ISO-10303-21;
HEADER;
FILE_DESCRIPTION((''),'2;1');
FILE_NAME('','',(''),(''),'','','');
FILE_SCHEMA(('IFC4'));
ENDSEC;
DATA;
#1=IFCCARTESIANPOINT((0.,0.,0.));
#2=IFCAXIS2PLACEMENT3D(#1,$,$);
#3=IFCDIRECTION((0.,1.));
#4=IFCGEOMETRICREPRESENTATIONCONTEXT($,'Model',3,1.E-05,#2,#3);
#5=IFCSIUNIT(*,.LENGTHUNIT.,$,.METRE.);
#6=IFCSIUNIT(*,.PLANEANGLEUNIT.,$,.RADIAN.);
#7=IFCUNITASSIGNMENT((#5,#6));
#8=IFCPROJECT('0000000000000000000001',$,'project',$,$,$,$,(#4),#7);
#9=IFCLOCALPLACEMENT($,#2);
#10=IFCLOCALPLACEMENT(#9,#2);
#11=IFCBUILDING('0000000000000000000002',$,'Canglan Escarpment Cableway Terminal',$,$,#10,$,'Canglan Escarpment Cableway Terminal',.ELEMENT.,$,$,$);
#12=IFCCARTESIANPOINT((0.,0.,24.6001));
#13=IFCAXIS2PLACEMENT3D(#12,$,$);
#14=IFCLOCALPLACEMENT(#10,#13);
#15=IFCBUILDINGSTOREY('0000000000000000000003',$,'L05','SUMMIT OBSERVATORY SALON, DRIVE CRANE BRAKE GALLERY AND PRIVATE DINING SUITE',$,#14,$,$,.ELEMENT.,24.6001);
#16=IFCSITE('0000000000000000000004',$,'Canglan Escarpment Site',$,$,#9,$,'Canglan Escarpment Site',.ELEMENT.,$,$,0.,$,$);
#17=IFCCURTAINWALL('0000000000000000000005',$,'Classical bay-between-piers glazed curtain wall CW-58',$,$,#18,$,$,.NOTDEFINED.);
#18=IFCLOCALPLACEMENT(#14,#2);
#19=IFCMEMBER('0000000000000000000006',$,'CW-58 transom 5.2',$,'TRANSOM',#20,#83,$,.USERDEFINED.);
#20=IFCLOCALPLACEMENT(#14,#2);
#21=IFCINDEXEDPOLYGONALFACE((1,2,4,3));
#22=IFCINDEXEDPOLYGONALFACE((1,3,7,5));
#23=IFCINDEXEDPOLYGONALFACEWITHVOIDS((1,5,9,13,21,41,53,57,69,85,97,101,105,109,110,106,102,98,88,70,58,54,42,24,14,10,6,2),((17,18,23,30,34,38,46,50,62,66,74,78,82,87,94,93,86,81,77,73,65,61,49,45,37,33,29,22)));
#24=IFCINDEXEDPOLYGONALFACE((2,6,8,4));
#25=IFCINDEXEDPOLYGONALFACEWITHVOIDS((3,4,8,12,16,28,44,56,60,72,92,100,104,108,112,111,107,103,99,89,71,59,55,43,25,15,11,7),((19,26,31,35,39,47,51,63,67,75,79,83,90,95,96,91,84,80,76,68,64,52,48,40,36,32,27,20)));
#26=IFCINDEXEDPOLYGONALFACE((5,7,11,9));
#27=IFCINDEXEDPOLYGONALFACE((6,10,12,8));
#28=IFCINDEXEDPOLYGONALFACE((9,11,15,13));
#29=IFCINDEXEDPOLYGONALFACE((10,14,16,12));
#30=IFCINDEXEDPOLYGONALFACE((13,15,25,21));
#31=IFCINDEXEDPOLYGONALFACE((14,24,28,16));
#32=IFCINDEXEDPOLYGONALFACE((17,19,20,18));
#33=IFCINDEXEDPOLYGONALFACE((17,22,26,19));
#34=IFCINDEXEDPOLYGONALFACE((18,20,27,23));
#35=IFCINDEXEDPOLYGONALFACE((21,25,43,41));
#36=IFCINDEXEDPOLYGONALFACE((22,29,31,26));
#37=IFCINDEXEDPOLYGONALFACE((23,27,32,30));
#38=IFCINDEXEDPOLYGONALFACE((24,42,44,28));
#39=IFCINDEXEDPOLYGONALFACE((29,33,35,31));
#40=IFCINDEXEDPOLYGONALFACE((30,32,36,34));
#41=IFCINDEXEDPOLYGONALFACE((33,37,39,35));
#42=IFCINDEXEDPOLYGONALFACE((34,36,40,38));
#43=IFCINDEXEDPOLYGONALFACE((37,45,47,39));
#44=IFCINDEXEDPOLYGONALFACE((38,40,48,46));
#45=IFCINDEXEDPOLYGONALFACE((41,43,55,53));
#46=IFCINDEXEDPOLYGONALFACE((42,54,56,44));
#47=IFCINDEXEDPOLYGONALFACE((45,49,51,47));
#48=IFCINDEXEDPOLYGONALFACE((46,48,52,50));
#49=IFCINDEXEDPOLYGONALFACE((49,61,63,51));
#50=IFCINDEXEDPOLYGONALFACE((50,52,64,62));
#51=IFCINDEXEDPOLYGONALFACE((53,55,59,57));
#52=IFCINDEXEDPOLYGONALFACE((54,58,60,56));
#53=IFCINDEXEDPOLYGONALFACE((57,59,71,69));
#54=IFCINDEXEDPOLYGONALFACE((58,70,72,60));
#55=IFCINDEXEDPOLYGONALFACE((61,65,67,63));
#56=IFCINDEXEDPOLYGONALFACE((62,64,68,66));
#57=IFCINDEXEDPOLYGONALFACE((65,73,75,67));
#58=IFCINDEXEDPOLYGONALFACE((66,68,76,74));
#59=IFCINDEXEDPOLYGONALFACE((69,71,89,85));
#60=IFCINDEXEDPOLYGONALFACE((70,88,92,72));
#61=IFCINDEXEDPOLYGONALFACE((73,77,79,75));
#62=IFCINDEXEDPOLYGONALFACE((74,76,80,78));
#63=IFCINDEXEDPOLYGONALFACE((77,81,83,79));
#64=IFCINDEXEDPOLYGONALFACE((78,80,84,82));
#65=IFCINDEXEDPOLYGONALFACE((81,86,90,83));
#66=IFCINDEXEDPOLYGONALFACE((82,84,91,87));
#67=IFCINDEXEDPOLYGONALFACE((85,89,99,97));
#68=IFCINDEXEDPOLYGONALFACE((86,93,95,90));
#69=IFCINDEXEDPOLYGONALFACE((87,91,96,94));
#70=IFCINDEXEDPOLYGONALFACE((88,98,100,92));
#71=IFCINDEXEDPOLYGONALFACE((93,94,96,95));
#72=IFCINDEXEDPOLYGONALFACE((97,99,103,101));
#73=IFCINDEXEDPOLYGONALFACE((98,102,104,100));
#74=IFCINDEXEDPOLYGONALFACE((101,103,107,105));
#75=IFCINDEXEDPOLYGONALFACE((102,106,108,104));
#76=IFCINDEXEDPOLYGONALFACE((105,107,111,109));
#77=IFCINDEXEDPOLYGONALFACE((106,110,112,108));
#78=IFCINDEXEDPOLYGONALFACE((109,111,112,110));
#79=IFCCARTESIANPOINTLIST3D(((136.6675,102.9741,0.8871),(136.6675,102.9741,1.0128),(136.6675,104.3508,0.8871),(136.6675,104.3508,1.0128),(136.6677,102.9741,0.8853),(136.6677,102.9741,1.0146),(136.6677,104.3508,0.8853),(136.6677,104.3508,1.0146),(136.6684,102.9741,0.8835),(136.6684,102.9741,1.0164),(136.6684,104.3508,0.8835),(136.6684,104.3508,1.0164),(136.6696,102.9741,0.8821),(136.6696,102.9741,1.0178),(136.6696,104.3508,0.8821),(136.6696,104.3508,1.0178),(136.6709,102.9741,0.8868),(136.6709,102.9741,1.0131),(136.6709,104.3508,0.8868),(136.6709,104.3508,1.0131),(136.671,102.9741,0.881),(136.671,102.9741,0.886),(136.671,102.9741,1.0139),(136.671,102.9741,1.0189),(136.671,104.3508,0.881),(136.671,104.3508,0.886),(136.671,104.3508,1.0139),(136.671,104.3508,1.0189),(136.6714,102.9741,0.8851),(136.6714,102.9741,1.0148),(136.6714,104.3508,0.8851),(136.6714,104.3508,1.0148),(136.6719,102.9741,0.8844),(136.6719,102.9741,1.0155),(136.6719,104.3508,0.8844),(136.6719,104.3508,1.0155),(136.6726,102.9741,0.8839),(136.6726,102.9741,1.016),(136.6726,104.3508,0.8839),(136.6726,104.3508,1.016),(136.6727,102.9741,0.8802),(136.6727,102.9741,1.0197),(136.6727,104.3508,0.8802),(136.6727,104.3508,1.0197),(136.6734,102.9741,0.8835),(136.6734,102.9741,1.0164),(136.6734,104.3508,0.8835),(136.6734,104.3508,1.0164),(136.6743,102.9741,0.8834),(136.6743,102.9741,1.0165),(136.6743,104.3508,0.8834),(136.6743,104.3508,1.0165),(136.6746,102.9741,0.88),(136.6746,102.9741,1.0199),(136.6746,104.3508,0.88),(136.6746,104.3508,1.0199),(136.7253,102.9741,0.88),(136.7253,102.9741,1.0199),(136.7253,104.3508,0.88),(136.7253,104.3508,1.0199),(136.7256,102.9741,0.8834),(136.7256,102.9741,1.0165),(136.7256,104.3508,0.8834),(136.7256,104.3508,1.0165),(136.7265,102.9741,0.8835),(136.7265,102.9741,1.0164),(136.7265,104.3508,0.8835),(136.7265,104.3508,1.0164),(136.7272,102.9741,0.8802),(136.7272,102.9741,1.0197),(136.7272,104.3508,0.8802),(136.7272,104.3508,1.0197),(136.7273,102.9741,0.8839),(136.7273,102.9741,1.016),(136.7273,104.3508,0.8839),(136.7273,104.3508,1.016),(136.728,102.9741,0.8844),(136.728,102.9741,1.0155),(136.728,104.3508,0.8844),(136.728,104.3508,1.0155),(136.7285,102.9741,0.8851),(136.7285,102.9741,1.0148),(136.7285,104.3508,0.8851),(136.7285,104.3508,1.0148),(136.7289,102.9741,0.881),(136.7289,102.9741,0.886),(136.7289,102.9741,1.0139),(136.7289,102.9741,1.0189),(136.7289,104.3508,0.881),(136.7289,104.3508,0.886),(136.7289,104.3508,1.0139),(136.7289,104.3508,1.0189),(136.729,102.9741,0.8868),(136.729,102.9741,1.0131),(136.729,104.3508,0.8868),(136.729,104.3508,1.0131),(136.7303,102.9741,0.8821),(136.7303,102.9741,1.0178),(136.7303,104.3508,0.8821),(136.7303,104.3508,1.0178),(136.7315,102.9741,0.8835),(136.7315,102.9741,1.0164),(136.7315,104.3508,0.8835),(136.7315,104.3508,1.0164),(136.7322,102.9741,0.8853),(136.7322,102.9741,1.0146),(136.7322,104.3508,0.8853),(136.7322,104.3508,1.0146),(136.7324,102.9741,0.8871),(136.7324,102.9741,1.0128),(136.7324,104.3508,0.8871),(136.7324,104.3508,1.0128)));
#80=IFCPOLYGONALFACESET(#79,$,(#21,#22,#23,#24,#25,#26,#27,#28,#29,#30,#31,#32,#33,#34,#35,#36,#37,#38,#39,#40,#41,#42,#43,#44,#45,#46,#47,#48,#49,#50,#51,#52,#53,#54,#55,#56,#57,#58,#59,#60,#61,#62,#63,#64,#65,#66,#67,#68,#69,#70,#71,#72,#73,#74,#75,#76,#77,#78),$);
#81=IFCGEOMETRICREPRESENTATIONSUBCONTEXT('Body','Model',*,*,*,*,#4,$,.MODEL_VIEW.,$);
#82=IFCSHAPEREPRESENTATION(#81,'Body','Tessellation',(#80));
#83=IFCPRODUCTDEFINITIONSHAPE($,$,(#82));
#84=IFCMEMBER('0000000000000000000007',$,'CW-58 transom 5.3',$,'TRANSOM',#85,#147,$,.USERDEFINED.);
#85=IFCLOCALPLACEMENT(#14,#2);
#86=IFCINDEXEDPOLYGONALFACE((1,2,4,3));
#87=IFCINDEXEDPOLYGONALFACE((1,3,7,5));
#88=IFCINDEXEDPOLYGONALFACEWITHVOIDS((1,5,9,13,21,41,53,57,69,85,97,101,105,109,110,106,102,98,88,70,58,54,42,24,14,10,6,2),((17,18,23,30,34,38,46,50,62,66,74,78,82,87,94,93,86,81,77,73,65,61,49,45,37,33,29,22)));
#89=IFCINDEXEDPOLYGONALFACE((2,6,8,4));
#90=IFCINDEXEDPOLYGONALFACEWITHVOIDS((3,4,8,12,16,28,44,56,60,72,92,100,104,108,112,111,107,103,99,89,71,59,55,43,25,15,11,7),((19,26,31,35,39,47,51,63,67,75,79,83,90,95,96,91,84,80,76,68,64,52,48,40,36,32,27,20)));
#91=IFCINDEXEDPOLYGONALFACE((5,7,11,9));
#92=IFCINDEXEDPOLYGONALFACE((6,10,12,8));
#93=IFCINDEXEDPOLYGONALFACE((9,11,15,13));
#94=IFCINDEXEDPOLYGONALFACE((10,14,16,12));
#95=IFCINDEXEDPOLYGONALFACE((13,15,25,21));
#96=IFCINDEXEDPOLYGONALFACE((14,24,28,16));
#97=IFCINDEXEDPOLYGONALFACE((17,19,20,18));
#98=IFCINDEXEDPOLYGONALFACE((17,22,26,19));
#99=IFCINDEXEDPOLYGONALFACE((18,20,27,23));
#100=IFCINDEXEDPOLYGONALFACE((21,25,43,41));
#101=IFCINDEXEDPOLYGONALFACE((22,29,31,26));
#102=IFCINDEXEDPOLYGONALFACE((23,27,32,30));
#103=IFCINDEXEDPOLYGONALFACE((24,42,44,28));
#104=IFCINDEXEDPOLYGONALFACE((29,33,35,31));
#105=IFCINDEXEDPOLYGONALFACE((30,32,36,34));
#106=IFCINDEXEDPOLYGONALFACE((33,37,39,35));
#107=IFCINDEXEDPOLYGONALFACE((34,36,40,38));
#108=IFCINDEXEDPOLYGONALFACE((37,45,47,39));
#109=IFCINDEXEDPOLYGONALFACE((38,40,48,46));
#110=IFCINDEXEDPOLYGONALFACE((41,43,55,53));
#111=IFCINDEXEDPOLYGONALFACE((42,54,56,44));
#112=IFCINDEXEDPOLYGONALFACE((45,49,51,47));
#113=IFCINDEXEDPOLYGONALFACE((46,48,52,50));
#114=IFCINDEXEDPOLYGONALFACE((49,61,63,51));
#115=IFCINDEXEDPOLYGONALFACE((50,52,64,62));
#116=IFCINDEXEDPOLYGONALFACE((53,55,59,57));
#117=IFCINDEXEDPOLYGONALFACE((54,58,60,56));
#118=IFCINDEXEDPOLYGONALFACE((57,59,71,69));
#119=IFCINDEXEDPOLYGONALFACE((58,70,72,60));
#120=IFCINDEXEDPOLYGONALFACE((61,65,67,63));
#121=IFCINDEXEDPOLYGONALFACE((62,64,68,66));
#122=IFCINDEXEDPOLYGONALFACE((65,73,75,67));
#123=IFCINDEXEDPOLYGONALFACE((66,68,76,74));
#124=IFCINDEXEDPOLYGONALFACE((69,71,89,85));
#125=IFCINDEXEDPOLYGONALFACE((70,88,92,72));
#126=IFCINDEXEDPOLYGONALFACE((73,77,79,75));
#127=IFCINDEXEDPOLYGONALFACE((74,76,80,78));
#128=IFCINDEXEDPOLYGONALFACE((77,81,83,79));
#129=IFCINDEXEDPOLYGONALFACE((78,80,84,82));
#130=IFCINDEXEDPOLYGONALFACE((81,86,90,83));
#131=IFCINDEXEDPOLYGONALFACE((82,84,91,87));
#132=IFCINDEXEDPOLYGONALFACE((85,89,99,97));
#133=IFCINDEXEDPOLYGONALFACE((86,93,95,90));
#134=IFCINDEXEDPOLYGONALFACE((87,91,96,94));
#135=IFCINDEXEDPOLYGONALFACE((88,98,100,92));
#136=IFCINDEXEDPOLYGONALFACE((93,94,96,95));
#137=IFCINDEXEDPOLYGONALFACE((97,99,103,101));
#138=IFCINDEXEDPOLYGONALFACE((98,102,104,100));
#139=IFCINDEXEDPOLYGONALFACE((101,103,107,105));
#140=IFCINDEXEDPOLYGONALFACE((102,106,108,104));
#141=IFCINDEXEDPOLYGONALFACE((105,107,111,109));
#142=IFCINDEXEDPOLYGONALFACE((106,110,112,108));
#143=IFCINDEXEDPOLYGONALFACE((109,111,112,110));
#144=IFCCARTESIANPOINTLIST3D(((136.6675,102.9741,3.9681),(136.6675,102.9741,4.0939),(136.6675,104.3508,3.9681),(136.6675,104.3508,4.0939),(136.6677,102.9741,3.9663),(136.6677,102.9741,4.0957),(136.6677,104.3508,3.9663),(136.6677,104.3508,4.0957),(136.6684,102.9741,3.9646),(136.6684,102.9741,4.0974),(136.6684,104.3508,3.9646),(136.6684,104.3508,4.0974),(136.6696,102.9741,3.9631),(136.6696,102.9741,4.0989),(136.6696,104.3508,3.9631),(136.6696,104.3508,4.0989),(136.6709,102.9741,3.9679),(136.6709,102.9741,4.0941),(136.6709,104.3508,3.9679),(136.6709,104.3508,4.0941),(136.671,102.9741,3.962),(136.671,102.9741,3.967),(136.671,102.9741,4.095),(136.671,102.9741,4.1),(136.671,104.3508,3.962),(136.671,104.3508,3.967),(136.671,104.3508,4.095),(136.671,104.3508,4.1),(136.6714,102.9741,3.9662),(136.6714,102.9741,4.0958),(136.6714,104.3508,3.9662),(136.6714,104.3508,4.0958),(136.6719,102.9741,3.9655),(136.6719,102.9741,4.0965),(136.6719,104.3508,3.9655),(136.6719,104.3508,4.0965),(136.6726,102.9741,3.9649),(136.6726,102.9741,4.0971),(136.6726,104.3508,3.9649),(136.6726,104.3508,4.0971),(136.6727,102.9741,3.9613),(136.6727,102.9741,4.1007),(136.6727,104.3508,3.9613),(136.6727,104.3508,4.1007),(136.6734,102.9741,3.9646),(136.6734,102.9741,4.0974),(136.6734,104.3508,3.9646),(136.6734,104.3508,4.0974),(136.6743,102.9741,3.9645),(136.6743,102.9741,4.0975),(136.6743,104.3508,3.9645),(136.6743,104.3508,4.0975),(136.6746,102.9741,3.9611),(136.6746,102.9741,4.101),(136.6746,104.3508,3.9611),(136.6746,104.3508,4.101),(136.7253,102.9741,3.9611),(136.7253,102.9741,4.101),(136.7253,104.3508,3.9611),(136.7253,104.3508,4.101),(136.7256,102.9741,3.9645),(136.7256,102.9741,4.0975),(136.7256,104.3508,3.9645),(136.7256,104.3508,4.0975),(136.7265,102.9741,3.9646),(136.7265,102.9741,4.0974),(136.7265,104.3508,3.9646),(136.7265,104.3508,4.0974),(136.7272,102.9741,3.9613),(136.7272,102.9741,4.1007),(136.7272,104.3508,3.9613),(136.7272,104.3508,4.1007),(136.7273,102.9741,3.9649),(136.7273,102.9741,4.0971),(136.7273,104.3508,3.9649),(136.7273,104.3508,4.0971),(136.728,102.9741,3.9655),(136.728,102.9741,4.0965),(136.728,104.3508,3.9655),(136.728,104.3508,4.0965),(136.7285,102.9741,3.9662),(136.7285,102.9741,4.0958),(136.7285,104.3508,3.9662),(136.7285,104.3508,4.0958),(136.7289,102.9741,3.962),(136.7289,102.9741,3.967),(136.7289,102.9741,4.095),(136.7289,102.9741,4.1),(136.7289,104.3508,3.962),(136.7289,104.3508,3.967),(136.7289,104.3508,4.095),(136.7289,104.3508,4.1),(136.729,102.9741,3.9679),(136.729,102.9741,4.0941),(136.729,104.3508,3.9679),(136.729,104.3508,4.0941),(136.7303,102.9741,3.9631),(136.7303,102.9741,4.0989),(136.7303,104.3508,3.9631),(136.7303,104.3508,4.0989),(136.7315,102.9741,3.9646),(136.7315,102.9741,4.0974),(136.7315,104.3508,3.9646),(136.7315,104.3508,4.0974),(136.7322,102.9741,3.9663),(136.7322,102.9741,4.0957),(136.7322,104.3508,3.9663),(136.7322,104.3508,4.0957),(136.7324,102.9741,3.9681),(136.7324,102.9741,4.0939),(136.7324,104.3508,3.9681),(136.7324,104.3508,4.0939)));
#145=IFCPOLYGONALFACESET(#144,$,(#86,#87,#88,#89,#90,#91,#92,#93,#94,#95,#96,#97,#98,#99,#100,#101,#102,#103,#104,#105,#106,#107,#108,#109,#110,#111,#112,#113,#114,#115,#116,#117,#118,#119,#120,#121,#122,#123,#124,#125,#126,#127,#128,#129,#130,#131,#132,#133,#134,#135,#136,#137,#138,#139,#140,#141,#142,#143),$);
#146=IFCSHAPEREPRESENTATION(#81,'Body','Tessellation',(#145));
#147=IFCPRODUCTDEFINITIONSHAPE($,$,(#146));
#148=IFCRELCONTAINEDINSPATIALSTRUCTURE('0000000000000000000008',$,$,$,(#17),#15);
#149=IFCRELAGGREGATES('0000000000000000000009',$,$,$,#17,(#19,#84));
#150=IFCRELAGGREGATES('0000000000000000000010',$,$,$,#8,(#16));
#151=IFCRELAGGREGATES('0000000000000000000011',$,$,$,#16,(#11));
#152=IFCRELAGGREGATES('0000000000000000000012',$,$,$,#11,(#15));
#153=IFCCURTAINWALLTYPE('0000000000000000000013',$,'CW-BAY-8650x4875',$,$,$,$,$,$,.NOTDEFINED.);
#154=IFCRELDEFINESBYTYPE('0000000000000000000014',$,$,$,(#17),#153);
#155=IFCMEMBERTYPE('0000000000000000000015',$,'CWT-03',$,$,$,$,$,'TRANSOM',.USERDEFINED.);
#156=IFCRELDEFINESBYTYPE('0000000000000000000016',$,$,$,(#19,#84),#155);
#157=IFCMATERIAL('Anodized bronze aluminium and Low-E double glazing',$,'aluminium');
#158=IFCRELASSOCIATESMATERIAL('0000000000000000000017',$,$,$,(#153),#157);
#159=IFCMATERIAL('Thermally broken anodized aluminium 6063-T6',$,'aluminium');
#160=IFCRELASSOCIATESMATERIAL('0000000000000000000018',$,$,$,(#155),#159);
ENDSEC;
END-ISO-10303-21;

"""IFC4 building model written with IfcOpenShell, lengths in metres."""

from ifc_helpers import new_model, si_unit, direction, frame, origin, origin_2d, place, context, subcontext, project, spatial, hollow_rectangle, extrude, material, material_profile, profile_set, type_object, element, aggregate, save


model = new_model("IFC4")

# Units and contexts
model_context = context("Model", 3, precision=1e-05, world=origin(), true_north=direction((0.0, 1.0)))
body_context = subcontext(model_context, "Body", "Model", "MODEL_VIEW")
ifc_project = project(units=[si_unit("LENGTHUNIT", "METRE"), si_unit("PLANEANGLEUNIT", "RADIAN")], contexts=[model_context])

# Site, building, storey
site_placement = place(None, origin())
site = spatial("IfcSite", under=ifc_project, at=site_placement, Name="Canglan Escarpment Site", LongName="Canglan Escarpment Site", CompositionType="ELEMENT", RefElevation=0.0)
building_placement = place(site_placement, origin())
building = spatial("IfcBuilding", under=site, at=building_placement, Name="Canglan Escarpment Cableway Terminal", LongName="Canglan Escarpment Cableway Terminal", CompositionType="ELEMENT")
storey_placement = place(building_placement, frame((0.0, 0.0, 24.6001)))
storey = spatial("IfcBuildingStorey", under=building, at=storey_placement, Name="L05", Description="SUMMIT OBSERVATORY SALON, DRIVE CRANE BRAKE GALLERY AND PRIVATE DINING SUITE", CompositionType="ELEMENT", Elevation=24.6001)

# Curtain wall, members
ifc_material_1 = material(Name="Anodized bronze aluminium and Low-E double glazing", Category="aluminium")
curtain_wall_type = type_object("IfcCurtainWallType", Name="CW-BAY-8650x4875", PredefinedType="NOTDEFINED", material=ifc_material_1)
curtain_wall_placement = place(storey_placement, origin())
curtain_wall = element("IfcCurtainWall", 1, at=curtain_wall_placement, inside=storey, type_object=curtain_wall_type, Name="Classical bay-between-piers glazed curtain wall CW-58", PredefinedType="NOTDEFINED")
ifc_material_2 = material(Name="Thermally broken anodized aluminium 6063-T6", Category="aluminium")
ifc_material_profile_1 = material_profile(ifc_material_2, hollow_rectangle(XDim=0.0649, YDim=0.1399, WallThickness=0.0034, InnerFilletRadius=0.0034, OuterFilletRadius=0.0071, at=origin_2d()), Name="ALU-TRAN 65x140x3.5")
ifc_profile_set_1 = profile_set([ifc_material_profile_1], Name="Thermally broken anodized aluminium 6063-T6")
member_type_1 = type_object("IfcMemberType", Name="CWT-03", ElementType="TRANSOM", PredefinedType="USERDEFINED", material=ifc_profile_set_1)
member_1_placement = place(storey_placement, frame((136.7, 102.9741, 0.95), z_axis=(0.0, 1.0, 0.0), x_axis=(-1.0, 0.0, 0.0)))
member_1 = element("IfcMember", 2, at=member_1_placement, type_object=member_type_1, Name="CW-58 transom 5.2", ObjectType="TRANSOM", PredefinedType="USERDEFINED", context=body_context, shape_type="SweptSolid", body=[
    extrude(hollow_rectangle(XDim=0.0649, YDim=0.1399, WallThickness=0.0034, InnerFilletRadius=0.0034, OuterFilletRadius=0.0071, at=origin_2d()), origin(), (0.0, 0.0, 1.0), 1.3767),
])
member_2_placement = place(storey_placement, frame((136.7, 102.9741, 4.031), z_axis=(0.0, 1.0, 0.0), x_axis=(-1.0, 0.0, 0.0)))
member_2 = element("IfcMember", 3, at=member_2_placement, type_object=member_type_1, Name="CW-58 transom 5.3", ObjectType="TRANSOM", PredefinedType="USERDEFINED", context=body_context, shape_type="SweptSolid", body=[
    extrude(hollow_rectangle(XDim=0.0649, YDim=0.1399, WallThickness=0.0034, InnerFilletRadius=0.0034, OuterFilletRadius=0.0071, at=origin_2d()), origin(), (0.0, 0.0, 1.0), 1.3767),
])
aggregate(curtain_wall, [member_1, member_2])

save(model, "model.ifc")
